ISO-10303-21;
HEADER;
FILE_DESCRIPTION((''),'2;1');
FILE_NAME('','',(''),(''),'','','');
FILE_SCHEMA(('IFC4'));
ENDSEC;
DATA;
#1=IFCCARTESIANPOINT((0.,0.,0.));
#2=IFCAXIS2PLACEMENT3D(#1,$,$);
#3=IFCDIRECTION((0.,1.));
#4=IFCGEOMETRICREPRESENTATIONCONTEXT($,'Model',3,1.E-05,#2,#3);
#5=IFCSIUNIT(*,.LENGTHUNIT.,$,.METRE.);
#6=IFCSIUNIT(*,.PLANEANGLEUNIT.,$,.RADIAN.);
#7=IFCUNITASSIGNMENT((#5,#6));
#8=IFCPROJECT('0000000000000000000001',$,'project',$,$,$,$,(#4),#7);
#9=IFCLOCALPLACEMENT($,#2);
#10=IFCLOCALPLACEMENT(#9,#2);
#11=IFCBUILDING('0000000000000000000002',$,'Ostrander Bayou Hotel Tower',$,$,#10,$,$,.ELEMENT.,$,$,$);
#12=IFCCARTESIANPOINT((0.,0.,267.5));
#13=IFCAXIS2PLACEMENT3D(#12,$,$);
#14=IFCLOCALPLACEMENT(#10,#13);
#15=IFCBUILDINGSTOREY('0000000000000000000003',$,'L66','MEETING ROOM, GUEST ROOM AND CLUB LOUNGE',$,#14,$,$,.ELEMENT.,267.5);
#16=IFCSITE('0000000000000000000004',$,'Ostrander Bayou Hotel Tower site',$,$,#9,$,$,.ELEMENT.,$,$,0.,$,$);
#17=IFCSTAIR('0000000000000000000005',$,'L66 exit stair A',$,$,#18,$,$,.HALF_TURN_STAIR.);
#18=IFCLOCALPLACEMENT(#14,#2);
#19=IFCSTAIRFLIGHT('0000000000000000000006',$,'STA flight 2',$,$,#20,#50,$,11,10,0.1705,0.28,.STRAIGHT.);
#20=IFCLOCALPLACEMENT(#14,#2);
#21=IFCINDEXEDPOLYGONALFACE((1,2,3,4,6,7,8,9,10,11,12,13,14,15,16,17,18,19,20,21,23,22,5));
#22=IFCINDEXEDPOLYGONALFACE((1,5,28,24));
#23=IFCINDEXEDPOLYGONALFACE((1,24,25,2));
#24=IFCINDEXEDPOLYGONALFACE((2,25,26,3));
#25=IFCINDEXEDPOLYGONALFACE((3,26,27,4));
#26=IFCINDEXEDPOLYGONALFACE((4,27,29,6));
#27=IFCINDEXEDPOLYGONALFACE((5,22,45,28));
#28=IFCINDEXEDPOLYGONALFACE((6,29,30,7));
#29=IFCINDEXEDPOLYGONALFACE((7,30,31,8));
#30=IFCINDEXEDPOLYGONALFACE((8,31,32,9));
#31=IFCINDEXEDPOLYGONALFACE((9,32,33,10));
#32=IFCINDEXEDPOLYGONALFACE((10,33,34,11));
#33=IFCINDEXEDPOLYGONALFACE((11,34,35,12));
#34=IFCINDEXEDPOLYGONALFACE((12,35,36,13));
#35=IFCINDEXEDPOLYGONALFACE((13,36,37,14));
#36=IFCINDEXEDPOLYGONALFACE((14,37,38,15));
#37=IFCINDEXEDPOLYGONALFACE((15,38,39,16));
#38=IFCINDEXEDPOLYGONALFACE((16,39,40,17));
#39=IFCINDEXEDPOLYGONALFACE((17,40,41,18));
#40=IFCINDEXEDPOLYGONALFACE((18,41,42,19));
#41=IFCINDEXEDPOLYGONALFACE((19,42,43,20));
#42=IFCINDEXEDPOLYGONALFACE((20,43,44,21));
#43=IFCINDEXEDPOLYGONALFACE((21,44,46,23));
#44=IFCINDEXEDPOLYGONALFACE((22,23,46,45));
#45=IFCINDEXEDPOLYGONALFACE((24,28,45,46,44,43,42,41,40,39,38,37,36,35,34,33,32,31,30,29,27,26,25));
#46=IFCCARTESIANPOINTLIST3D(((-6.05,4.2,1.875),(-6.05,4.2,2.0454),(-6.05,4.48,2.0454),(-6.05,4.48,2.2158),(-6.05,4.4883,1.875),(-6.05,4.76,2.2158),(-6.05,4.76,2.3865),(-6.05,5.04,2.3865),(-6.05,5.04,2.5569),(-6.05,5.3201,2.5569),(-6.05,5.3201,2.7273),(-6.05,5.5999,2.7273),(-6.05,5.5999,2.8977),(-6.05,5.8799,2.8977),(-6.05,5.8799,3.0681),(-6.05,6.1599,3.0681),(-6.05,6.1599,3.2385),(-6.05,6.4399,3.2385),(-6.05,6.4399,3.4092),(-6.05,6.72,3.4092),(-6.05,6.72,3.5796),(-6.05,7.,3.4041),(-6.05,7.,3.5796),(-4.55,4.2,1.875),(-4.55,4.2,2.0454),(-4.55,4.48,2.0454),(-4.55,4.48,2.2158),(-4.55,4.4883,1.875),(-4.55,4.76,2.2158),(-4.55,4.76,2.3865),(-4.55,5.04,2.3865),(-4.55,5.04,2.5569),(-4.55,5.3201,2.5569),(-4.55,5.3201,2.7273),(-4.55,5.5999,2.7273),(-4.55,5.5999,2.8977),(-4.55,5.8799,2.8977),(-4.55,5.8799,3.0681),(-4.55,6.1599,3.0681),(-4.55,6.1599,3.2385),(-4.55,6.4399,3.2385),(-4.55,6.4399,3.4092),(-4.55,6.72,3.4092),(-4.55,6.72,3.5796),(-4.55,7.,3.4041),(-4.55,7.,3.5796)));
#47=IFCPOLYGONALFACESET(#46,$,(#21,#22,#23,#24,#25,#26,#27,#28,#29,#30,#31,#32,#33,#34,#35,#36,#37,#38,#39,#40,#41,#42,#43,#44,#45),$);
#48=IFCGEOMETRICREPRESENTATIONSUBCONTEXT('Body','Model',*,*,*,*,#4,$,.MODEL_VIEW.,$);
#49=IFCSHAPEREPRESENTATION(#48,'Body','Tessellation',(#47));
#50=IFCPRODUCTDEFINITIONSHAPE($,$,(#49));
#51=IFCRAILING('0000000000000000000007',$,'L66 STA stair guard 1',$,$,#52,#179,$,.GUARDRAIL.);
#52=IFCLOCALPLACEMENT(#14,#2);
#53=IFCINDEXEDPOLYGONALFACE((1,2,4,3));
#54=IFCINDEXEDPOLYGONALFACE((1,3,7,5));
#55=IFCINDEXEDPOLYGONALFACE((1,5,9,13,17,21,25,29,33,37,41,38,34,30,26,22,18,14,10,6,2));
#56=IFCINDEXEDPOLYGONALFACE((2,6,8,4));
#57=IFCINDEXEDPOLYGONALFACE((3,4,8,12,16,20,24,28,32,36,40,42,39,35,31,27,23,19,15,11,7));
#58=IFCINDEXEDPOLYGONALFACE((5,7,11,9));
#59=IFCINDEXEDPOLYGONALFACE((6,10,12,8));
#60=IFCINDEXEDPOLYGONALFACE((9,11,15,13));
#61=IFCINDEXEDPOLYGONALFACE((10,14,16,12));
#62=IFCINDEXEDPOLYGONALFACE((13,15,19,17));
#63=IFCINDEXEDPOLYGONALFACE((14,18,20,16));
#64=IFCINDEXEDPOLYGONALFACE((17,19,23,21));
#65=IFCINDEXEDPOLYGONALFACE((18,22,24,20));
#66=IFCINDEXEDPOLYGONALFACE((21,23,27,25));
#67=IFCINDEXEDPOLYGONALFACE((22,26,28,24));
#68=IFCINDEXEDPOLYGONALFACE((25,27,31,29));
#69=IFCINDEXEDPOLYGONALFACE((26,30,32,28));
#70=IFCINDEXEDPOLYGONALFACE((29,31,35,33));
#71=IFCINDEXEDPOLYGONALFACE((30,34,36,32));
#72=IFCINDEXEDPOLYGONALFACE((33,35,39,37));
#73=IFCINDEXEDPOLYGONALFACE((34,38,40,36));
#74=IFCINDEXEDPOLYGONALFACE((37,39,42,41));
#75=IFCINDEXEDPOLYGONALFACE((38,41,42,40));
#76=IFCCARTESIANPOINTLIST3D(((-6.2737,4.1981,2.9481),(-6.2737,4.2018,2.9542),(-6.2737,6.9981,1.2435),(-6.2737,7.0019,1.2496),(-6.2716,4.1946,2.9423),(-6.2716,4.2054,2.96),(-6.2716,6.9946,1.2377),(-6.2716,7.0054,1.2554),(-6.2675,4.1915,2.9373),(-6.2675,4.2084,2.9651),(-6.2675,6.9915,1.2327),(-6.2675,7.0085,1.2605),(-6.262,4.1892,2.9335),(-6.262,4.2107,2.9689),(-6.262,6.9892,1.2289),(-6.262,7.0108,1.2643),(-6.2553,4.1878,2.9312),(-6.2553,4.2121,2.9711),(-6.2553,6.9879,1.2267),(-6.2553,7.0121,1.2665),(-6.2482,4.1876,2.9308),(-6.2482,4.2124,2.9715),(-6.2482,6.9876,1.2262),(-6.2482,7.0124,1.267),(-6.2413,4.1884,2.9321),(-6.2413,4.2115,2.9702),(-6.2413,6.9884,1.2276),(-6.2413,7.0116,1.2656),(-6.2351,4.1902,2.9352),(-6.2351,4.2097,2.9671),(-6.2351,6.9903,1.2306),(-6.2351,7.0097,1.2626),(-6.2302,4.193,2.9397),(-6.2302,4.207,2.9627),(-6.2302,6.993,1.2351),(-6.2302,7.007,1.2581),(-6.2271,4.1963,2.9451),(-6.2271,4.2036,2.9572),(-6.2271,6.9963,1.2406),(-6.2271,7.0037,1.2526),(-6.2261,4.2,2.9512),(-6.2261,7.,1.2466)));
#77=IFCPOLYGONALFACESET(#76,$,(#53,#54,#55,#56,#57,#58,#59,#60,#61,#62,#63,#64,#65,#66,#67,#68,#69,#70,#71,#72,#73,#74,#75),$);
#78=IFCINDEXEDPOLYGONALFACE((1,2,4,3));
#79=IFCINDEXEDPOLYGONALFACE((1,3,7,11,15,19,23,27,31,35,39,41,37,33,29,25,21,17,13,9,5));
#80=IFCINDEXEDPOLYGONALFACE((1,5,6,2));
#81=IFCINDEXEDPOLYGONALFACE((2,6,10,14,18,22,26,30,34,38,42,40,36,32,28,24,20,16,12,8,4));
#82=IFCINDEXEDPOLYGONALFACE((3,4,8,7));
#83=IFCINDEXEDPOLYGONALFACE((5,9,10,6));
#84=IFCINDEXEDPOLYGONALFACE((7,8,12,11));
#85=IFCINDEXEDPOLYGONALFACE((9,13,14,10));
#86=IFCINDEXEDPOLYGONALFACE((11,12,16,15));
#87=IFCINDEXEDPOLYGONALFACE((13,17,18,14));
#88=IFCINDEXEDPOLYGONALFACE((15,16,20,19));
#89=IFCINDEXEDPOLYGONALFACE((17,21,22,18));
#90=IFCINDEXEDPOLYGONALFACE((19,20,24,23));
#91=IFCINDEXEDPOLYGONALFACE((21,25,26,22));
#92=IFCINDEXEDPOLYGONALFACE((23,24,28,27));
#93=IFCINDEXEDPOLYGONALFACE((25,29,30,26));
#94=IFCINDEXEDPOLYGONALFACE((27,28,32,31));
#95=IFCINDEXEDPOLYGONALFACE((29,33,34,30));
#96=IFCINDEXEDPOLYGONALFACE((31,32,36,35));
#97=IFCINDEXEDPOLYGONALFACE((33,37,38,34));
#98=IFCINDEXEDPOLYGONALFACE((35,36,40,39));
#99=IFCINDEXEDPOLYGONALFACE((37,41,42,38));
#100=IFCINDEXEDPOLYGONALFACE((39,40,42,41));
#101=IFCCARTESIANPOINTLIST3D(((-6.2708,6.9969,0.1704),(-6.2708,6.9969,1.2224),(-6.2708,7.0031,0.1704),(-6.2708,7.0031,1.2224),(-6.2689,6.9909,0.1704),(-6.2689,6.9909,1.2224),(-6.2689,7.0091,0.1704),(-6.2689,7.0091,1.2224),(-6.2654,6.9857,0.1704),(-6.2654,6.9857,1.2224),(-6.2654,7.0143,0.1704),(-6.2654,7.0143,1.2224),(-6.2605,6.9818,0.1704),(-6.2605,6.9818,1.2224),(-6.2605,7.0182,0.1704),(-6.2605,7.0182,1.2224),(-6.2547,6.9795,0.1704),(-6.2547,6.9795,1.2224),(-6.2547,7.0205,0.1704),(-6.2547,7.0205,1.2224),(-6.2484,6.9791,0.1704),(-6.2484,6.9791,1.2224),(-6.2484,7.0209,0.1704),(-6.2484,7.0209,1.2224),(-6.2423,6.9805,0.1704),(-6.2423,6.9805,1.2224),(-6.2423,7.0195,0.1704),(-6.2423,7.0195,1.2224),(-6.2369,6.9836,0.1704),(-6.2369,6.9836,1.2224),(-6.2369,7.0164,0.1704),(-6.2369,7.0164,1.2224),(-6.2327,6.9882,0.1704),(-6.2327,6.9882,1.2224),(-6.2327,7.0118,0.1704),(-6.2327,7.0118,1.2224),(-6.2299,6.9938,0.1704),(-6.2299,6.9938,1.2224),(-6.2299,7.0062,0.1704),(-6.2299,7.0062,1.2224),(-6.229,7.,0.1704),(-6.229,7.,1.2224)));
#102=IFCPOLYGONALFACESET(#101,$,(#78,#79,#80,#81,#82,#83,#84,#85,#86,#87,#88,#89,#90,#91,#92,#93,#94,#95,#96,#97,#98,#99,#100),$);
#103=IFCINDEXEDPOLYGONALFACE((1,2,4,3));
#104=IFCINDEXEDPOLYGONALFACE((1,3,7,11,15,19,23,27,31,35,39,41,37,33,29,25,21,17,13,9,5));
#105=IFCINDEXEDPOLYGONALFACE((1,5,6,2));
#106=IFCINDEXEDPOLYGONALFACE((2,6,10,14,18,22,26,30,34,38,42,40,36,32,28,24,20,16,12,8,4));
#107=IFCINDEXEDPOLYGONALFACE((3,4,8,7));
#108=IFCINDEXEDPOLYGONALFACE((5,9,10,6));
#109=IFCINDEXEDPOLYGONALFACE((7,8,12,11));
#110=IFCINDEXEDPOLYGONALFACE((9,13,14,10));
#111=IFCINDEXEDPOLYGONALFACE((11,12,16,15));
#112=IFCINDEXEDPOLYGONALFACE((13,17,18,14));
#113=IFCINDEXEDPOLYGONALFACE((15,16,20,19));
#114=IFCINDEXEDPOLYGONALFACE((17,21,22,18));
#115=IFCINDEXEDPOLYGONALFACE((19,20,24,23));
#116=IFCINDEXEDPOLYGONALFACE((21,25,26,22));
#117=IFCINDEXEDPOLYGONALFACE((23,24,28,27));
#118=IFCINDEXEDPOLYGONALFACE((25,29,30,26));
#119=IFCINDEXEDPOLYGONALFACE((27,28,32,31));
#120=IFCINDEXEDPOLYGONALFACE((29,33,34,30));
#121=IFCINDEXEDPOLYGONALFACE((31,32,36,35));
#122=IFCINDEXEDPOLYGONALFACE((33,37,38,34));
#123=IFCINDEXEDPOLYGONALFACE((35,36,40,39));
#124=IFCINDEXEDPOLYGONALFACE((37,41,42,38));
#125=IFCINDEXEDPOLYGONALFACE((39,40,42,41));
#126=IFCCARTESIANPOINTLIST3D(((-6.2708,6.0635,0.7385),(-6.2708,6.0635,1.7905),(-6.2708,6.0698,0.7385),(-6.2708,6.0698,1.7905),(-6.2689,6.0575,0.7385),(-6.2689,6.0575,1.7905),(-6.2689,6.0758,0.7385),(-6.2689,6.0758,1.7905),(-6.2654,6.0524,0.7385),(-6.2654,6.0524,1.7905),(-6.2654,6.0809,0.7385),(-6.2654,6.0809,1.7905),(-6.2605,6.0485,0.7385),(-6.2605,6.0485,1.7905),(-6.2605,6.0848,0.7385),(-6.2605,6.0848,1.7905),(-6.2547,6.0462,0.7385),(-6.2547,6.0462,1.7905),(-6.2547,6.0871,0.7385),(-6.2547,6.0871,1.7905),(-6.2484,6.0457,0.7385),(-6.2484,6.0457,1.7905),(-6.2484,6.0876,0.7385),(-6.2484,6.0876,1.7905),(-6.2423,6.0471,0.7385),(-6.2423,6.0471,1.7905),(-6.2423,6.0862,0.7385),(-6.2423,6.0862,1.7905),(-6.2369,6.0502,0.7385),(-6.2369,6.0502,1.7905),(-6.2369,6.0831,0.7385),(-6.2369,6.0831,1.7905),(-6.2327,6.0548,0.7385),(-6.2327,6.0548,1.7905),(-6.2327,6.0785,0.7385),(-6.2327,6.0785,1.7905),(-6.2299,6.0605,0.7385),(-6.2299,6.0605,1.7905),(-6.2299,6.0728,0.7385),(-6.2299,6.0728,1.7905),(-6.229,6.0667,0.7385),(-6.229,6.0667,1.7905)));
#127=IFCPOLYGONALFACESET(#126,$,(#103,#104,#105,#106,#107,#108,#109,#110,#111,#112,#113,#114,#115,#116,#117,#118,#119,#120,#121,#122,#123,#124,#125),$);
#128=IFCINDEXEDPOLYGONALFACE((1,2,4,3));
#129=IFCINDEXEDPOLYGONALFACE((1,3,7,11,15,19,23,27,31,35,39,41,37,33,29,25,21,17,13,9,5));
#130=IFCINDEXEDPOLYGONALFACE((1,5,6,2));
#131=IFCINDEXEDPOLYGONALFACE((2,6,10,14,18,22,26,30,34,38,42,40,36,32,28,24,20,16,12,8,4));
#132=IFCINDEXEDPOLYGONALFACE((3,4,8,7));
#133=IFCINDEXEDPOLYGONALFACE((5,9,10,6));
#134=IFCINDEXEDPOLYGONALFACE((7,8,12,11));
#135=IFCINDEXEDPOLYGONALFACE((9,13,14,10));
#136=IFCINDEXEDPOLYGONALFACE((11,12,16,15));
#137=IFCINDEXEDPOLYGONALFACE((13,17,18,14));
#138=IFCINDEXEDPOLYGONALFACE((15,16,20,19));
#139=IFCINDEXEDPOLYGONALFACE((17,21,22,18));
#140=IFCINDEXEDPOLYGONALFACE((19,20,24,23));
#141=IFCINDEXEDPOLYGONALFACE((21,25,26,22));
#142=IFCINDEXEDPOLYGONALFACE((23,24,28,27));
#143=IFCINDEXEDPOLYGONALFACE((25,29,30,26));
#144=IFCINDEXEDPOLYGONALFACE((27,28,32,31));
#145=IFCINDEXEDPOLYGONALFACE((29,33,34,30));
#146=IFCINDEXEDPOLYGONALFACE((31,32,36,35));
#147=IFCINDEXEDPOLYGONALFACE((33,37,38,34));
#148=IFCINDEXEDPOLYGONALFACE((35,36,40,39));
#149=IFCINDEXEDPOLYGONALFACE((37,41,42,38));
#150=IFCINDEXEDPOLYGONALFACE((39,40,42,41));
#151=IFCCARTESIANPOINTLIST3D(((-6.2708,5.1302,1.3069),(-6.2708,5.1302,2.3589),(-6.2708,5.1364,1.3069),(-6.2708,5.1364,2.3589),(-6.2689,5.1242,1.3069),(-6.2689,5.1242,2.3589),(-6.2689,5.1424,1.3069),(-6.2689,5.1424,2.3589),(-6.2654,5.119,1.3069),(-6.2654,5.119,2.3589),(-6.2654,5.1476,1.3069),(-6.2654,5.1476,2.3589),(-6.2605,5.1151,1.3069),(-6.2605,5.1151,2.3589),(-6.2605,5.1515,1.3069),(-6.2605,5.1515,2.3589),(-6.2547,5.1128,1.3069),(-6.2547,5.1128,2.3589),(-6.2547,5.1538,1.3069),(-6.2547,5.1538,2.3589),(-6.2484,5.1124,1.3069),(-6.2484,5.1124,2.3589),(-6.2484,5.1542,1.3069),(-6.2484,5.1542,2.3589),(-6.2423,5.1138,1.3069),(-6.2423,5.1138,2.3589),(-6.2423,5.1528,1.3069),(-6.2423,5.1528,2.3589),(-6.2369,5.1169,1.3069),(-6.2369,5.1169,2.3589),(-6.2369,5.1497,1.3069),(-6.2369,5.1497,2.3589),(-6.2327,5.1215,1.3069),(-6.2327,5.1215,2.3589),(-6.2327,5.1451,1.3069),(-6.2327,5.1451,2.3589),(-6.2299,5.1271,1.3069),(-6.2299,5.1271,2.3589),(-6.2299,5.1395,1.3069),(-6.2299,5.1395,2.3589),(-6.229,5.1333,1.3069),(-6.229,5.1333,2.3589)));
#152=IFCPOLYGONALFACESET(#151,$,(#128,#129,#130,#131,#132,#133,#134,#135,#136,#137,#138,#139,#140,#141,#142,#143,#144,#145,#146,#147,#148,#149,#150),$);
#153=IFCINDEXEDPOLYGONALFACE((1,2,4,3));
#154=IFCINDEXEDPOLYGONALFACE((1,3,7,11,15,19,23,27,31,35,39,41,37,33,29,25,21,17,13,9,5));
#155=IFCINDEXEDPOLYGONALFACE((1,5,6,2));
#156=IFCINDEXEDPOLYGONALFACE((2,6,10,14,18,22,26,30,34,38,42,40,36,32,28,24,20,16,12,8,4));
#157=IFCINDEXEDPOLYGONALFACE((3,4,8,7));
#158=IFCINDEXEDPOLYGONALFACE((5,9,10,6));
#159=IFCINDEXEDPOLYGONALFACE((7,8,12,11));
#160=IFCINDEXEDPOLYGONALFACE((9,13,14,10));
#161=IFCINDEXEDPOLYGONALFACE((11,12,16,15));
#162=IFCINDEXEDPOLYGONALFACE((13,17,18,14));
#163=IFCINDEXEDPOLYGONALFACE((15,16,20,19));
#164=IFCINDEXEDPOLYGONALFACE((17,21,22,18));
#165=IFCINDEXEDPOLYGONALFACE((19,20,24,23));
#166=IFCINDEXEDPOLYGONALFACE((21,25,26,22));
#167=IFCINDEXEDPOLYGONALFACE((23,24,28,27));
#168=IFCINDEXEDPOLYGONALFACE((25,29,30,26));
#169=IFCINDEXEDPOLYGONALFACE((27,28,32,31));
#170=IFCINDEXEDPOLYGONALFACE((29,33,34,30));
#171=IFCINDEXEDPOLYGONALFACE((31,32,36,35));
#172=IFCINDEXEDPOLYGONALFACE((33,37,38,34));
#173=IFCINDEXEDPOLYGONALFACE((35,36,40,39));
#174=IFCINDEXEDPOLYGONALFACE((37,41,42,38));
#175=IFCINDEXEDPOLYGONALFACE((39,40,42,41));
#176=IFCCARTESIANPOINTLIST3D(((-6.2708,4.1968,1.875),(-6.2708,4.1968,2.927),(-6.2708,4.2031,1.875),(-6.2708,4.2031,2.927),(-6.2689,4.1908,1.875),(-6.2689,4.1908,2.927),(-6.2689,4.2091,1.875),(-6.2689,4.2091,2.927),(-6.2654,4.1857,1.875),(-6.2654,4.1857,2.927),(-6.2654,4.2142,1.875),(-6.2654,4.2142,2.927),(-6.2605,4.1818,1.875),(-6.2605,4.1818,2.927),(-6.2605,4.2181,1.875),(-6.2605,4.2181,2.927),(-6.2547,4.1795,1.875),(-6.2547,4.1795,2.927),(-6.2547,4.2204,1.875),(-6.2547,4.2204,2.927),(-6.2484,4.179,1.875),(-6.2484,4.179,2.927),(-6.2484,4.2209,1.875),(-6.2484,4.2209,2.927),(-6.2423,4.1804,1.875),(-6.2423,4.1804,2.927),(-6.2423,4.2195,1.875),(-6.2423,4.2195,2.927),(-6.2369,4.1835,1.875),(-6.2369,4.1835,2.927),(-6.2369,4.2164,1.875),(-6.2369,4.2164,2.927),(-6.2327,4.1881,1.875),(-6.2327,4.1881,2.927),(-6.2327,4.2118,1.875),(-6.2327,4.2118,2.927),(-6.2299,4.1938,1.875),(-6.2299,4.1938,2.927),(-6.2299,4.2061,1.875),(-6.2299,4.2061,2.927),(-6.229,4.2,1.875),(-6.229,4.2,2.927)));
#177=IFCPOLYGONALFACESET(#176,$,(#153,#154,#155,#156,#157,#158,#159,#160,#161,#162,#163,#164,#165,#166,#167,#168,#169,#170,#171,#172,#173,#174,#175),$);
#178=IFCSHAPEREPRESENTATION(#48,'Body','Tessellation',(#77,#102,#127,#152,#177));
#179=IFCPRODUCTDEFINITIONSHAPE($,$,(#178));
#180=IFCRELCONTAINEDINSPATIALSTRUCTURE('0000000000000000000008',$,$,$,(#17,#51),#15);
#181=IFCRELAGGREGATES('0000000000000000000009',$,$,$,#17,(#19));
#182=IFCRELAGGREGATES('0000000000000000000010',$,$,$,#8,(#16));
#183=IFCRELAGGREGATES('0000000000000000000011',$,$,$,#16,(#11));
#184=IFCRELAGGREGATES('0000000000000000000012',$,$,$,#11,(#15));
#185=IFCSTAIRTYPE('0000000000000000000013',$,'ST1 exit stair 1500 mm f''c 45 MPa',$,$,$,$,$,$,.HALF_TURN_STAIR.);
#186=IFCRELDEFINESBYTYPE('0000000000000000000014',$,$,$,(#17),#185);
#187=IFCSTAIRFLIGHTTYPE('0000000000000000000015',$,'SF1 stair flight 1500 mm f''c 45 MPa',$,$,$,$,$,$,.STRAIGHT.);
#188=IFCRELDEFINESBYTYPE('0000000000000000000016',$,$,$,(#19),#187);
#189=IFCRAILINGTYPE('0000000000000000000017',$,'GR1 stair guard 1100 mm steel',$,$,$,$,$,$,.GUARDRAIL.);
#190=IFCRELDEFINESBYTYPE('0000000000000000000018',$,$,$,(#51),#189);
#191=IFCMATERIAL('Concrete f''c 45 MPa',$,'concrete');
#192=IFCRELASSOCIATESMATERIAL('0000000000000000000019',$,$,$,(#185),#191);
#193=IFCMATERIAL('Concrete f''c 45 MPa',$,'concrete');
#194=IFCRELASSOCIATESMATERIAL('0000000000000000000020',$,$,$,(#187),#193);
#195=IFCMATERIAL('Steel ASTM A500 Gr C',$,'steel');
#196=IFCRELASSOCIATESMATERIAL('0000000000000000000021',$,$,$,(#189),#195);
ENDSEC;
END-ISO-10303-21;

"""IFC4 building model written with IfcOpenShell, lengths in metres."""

from ifc_helpers import new_model, si_unit, direction, frame, origin, origin_2d, place, context, subcontext, project, spatial, polyline, circle, outline, extrude, material, type_object, element, aggregate, save


model = new_model("IFC4")

# Units and contexts
model_context = context("Model", 3, precision=1e-05, world=origin(), true_north=direction((0.0, 1.0)))
body_context = subcontext(model_context, "Body", "Model", "MODEL_VIEW")
ifc_project = project(units=[si_unit("LENGTHUNIT", "METRE"), si_unit("PLANEANGLEUNIT", "RADIAN")], contexts=[model_context])

# Site, building, storey
site_placement = place(None, origin())
site = spatial("IfcSite", under=ifc_project, at=site_placement, Name="Ostrander Bayou Hotel Tower site", CompositionType="ELEMENT", RefElevation=0.0)
building_placement = place(site_placement, origin())
building = spatial("IfcBuilding", under=site, at=building_placement, Name="Ostrander Bayou Hotel Tower", CompositionType="ELEMENT")
storey_placement = place(building_placement, frame((0.0, 0.0, 267.5)))
storey = spatial("IfcBuildingStorey", under=building, at=storey_placement, Name="L66", Description="MEETING ROOM, GUEST ROOM AND CLUB LOUNGE", CompositionType="ELEMENT", Elevation=267.5)

# Stair, stair flight
ifc_material_1 = material(Name="Concrete f'c 45 MPa", Category="concrete")
stair_type = type_object("IfcStairType", Name="ST1 exit stair 1500 mm f'c 45 MPa", PredefinedType="HALF_TURN_STAIR", material=ifc_material_1)
stair_placement = place(storey_placement, origin())
stair = element("IfcStair", 1, at=stair_placement, inside=storey, type_object=stair_type, Name="L66 exit stair A", PredefinedType="HALF_TURN_STAIR")
ifc_material_2 = material(Name="Concrete f'c 45 MPa", Category="concrete")
stair_flight_type = type_object("IfcStairFlightType", Name="SF1 stair flight 1500 mm f'c 45 MPa", PredefinedType="STRAIGHT", material=ifc_material_2)
stair_flight_1_placement = place(storey_placement, frame((-5.3, 4.2, 1.875), z_axis=(0.0, 0.0, 1.0), x_axis=(0.0, 1.0, 0.0)))
stair_flight_1 = element("IfcStairFlight", 2, at=stair_flight_1_placement, type_object=stair_flight_type, Name="STA flight 2", NumberOfRisers=11, NumberOfTreads=10, PredefinedType="STRAIGHT", RiserHeight=0.1705, TreadLength=0.28, context=body_context, shape_type="SweptSolid", body=[
    extrude(outline(polyline([(0.0, 0.0), (0.0, 0.1704), (0.28, 0.1704), (0.28, 0.3408), (0.5601, 0.3408), (0.5601, 0.5115), (0.8401, 0.5115), (0.8401, 0.6819), (1.1201, 0.6819), (1.1201, 0.8523), (1.3999, 0.8523), (1.3999, 1.0227), (1.6799, 1.0227), (1.6799, 1.1931), (1.96, 1.1931), (1.96, 1.3635), (2.24, 1.3635), (2.24, 1.5342), (2.52, 1.5342), (2.52, 1.7046), (2.8, 1.7046), (2.8, 1.875), (2.8, 1.5291), (0.2883, 0.0), (0.0, 0.0)])), frame((0.0, 0.75, 0.0), z_axis=(0.0, -1.0, 0.0), x_axis=(1.0, 0.0, 0.0)), (0.0, 0.0, 1.0), 1.5),
])
aggregate(stair, [stair_flight_1])

# Railing
ifc_material_3 = material(Name="Steel ASTM A500 Gr C", Category="steel")
railing_type_1 = type_object("IfcRailingType", Name="GR1 stair guard 1100 mm steel", PredefinedType="GUARDRAIL", material=ifc_material_3)
railing_1_placement = place(storey_placement, frame((-6.25, 7.0, 0.1704)))
element("IfcRailing", 3, at=railing_1_placement, inside=storey, type_object=railing_type_1, Name="L66 STA stair guard 1", PredefinedType="GUARDRAIL", context=body_context, shape_type="SweptSolid", body=[
    extrude(circle(Radius=0.0239, at=origin_2d()), frame((0.0, 0.0, 1.0762), z_axis=(0.0, -0.85417, 0.519994), x_axis=(1.0, 0.0, 0.0)), (0.0, 0.0, 1.0), 3.2781),
    extrude(circle(Radius=0.021, at=origin_2d()), origin(), (0.0, 0.0, 1.0), 1.052),
    extrude(circle(Radius=0.021, at=origin_2d()), frame((0.0, -0.9333, 0.5681)), (0.0, 0.0, 1.0), 1.052),
    extrude(circle(Radius=0.021, at=origin_2d()), frame((0.0, -1.8667, 1.1365)), (0.0, 0.0, 1.0), 1.052),
    extrude(circle(Radius=0.021, at=origin_2d()), frame((0.0, -2.8, 1.7046)), (0.0, 0.0, 1.0), 1.052),
])

save(model, "model.ifc")
